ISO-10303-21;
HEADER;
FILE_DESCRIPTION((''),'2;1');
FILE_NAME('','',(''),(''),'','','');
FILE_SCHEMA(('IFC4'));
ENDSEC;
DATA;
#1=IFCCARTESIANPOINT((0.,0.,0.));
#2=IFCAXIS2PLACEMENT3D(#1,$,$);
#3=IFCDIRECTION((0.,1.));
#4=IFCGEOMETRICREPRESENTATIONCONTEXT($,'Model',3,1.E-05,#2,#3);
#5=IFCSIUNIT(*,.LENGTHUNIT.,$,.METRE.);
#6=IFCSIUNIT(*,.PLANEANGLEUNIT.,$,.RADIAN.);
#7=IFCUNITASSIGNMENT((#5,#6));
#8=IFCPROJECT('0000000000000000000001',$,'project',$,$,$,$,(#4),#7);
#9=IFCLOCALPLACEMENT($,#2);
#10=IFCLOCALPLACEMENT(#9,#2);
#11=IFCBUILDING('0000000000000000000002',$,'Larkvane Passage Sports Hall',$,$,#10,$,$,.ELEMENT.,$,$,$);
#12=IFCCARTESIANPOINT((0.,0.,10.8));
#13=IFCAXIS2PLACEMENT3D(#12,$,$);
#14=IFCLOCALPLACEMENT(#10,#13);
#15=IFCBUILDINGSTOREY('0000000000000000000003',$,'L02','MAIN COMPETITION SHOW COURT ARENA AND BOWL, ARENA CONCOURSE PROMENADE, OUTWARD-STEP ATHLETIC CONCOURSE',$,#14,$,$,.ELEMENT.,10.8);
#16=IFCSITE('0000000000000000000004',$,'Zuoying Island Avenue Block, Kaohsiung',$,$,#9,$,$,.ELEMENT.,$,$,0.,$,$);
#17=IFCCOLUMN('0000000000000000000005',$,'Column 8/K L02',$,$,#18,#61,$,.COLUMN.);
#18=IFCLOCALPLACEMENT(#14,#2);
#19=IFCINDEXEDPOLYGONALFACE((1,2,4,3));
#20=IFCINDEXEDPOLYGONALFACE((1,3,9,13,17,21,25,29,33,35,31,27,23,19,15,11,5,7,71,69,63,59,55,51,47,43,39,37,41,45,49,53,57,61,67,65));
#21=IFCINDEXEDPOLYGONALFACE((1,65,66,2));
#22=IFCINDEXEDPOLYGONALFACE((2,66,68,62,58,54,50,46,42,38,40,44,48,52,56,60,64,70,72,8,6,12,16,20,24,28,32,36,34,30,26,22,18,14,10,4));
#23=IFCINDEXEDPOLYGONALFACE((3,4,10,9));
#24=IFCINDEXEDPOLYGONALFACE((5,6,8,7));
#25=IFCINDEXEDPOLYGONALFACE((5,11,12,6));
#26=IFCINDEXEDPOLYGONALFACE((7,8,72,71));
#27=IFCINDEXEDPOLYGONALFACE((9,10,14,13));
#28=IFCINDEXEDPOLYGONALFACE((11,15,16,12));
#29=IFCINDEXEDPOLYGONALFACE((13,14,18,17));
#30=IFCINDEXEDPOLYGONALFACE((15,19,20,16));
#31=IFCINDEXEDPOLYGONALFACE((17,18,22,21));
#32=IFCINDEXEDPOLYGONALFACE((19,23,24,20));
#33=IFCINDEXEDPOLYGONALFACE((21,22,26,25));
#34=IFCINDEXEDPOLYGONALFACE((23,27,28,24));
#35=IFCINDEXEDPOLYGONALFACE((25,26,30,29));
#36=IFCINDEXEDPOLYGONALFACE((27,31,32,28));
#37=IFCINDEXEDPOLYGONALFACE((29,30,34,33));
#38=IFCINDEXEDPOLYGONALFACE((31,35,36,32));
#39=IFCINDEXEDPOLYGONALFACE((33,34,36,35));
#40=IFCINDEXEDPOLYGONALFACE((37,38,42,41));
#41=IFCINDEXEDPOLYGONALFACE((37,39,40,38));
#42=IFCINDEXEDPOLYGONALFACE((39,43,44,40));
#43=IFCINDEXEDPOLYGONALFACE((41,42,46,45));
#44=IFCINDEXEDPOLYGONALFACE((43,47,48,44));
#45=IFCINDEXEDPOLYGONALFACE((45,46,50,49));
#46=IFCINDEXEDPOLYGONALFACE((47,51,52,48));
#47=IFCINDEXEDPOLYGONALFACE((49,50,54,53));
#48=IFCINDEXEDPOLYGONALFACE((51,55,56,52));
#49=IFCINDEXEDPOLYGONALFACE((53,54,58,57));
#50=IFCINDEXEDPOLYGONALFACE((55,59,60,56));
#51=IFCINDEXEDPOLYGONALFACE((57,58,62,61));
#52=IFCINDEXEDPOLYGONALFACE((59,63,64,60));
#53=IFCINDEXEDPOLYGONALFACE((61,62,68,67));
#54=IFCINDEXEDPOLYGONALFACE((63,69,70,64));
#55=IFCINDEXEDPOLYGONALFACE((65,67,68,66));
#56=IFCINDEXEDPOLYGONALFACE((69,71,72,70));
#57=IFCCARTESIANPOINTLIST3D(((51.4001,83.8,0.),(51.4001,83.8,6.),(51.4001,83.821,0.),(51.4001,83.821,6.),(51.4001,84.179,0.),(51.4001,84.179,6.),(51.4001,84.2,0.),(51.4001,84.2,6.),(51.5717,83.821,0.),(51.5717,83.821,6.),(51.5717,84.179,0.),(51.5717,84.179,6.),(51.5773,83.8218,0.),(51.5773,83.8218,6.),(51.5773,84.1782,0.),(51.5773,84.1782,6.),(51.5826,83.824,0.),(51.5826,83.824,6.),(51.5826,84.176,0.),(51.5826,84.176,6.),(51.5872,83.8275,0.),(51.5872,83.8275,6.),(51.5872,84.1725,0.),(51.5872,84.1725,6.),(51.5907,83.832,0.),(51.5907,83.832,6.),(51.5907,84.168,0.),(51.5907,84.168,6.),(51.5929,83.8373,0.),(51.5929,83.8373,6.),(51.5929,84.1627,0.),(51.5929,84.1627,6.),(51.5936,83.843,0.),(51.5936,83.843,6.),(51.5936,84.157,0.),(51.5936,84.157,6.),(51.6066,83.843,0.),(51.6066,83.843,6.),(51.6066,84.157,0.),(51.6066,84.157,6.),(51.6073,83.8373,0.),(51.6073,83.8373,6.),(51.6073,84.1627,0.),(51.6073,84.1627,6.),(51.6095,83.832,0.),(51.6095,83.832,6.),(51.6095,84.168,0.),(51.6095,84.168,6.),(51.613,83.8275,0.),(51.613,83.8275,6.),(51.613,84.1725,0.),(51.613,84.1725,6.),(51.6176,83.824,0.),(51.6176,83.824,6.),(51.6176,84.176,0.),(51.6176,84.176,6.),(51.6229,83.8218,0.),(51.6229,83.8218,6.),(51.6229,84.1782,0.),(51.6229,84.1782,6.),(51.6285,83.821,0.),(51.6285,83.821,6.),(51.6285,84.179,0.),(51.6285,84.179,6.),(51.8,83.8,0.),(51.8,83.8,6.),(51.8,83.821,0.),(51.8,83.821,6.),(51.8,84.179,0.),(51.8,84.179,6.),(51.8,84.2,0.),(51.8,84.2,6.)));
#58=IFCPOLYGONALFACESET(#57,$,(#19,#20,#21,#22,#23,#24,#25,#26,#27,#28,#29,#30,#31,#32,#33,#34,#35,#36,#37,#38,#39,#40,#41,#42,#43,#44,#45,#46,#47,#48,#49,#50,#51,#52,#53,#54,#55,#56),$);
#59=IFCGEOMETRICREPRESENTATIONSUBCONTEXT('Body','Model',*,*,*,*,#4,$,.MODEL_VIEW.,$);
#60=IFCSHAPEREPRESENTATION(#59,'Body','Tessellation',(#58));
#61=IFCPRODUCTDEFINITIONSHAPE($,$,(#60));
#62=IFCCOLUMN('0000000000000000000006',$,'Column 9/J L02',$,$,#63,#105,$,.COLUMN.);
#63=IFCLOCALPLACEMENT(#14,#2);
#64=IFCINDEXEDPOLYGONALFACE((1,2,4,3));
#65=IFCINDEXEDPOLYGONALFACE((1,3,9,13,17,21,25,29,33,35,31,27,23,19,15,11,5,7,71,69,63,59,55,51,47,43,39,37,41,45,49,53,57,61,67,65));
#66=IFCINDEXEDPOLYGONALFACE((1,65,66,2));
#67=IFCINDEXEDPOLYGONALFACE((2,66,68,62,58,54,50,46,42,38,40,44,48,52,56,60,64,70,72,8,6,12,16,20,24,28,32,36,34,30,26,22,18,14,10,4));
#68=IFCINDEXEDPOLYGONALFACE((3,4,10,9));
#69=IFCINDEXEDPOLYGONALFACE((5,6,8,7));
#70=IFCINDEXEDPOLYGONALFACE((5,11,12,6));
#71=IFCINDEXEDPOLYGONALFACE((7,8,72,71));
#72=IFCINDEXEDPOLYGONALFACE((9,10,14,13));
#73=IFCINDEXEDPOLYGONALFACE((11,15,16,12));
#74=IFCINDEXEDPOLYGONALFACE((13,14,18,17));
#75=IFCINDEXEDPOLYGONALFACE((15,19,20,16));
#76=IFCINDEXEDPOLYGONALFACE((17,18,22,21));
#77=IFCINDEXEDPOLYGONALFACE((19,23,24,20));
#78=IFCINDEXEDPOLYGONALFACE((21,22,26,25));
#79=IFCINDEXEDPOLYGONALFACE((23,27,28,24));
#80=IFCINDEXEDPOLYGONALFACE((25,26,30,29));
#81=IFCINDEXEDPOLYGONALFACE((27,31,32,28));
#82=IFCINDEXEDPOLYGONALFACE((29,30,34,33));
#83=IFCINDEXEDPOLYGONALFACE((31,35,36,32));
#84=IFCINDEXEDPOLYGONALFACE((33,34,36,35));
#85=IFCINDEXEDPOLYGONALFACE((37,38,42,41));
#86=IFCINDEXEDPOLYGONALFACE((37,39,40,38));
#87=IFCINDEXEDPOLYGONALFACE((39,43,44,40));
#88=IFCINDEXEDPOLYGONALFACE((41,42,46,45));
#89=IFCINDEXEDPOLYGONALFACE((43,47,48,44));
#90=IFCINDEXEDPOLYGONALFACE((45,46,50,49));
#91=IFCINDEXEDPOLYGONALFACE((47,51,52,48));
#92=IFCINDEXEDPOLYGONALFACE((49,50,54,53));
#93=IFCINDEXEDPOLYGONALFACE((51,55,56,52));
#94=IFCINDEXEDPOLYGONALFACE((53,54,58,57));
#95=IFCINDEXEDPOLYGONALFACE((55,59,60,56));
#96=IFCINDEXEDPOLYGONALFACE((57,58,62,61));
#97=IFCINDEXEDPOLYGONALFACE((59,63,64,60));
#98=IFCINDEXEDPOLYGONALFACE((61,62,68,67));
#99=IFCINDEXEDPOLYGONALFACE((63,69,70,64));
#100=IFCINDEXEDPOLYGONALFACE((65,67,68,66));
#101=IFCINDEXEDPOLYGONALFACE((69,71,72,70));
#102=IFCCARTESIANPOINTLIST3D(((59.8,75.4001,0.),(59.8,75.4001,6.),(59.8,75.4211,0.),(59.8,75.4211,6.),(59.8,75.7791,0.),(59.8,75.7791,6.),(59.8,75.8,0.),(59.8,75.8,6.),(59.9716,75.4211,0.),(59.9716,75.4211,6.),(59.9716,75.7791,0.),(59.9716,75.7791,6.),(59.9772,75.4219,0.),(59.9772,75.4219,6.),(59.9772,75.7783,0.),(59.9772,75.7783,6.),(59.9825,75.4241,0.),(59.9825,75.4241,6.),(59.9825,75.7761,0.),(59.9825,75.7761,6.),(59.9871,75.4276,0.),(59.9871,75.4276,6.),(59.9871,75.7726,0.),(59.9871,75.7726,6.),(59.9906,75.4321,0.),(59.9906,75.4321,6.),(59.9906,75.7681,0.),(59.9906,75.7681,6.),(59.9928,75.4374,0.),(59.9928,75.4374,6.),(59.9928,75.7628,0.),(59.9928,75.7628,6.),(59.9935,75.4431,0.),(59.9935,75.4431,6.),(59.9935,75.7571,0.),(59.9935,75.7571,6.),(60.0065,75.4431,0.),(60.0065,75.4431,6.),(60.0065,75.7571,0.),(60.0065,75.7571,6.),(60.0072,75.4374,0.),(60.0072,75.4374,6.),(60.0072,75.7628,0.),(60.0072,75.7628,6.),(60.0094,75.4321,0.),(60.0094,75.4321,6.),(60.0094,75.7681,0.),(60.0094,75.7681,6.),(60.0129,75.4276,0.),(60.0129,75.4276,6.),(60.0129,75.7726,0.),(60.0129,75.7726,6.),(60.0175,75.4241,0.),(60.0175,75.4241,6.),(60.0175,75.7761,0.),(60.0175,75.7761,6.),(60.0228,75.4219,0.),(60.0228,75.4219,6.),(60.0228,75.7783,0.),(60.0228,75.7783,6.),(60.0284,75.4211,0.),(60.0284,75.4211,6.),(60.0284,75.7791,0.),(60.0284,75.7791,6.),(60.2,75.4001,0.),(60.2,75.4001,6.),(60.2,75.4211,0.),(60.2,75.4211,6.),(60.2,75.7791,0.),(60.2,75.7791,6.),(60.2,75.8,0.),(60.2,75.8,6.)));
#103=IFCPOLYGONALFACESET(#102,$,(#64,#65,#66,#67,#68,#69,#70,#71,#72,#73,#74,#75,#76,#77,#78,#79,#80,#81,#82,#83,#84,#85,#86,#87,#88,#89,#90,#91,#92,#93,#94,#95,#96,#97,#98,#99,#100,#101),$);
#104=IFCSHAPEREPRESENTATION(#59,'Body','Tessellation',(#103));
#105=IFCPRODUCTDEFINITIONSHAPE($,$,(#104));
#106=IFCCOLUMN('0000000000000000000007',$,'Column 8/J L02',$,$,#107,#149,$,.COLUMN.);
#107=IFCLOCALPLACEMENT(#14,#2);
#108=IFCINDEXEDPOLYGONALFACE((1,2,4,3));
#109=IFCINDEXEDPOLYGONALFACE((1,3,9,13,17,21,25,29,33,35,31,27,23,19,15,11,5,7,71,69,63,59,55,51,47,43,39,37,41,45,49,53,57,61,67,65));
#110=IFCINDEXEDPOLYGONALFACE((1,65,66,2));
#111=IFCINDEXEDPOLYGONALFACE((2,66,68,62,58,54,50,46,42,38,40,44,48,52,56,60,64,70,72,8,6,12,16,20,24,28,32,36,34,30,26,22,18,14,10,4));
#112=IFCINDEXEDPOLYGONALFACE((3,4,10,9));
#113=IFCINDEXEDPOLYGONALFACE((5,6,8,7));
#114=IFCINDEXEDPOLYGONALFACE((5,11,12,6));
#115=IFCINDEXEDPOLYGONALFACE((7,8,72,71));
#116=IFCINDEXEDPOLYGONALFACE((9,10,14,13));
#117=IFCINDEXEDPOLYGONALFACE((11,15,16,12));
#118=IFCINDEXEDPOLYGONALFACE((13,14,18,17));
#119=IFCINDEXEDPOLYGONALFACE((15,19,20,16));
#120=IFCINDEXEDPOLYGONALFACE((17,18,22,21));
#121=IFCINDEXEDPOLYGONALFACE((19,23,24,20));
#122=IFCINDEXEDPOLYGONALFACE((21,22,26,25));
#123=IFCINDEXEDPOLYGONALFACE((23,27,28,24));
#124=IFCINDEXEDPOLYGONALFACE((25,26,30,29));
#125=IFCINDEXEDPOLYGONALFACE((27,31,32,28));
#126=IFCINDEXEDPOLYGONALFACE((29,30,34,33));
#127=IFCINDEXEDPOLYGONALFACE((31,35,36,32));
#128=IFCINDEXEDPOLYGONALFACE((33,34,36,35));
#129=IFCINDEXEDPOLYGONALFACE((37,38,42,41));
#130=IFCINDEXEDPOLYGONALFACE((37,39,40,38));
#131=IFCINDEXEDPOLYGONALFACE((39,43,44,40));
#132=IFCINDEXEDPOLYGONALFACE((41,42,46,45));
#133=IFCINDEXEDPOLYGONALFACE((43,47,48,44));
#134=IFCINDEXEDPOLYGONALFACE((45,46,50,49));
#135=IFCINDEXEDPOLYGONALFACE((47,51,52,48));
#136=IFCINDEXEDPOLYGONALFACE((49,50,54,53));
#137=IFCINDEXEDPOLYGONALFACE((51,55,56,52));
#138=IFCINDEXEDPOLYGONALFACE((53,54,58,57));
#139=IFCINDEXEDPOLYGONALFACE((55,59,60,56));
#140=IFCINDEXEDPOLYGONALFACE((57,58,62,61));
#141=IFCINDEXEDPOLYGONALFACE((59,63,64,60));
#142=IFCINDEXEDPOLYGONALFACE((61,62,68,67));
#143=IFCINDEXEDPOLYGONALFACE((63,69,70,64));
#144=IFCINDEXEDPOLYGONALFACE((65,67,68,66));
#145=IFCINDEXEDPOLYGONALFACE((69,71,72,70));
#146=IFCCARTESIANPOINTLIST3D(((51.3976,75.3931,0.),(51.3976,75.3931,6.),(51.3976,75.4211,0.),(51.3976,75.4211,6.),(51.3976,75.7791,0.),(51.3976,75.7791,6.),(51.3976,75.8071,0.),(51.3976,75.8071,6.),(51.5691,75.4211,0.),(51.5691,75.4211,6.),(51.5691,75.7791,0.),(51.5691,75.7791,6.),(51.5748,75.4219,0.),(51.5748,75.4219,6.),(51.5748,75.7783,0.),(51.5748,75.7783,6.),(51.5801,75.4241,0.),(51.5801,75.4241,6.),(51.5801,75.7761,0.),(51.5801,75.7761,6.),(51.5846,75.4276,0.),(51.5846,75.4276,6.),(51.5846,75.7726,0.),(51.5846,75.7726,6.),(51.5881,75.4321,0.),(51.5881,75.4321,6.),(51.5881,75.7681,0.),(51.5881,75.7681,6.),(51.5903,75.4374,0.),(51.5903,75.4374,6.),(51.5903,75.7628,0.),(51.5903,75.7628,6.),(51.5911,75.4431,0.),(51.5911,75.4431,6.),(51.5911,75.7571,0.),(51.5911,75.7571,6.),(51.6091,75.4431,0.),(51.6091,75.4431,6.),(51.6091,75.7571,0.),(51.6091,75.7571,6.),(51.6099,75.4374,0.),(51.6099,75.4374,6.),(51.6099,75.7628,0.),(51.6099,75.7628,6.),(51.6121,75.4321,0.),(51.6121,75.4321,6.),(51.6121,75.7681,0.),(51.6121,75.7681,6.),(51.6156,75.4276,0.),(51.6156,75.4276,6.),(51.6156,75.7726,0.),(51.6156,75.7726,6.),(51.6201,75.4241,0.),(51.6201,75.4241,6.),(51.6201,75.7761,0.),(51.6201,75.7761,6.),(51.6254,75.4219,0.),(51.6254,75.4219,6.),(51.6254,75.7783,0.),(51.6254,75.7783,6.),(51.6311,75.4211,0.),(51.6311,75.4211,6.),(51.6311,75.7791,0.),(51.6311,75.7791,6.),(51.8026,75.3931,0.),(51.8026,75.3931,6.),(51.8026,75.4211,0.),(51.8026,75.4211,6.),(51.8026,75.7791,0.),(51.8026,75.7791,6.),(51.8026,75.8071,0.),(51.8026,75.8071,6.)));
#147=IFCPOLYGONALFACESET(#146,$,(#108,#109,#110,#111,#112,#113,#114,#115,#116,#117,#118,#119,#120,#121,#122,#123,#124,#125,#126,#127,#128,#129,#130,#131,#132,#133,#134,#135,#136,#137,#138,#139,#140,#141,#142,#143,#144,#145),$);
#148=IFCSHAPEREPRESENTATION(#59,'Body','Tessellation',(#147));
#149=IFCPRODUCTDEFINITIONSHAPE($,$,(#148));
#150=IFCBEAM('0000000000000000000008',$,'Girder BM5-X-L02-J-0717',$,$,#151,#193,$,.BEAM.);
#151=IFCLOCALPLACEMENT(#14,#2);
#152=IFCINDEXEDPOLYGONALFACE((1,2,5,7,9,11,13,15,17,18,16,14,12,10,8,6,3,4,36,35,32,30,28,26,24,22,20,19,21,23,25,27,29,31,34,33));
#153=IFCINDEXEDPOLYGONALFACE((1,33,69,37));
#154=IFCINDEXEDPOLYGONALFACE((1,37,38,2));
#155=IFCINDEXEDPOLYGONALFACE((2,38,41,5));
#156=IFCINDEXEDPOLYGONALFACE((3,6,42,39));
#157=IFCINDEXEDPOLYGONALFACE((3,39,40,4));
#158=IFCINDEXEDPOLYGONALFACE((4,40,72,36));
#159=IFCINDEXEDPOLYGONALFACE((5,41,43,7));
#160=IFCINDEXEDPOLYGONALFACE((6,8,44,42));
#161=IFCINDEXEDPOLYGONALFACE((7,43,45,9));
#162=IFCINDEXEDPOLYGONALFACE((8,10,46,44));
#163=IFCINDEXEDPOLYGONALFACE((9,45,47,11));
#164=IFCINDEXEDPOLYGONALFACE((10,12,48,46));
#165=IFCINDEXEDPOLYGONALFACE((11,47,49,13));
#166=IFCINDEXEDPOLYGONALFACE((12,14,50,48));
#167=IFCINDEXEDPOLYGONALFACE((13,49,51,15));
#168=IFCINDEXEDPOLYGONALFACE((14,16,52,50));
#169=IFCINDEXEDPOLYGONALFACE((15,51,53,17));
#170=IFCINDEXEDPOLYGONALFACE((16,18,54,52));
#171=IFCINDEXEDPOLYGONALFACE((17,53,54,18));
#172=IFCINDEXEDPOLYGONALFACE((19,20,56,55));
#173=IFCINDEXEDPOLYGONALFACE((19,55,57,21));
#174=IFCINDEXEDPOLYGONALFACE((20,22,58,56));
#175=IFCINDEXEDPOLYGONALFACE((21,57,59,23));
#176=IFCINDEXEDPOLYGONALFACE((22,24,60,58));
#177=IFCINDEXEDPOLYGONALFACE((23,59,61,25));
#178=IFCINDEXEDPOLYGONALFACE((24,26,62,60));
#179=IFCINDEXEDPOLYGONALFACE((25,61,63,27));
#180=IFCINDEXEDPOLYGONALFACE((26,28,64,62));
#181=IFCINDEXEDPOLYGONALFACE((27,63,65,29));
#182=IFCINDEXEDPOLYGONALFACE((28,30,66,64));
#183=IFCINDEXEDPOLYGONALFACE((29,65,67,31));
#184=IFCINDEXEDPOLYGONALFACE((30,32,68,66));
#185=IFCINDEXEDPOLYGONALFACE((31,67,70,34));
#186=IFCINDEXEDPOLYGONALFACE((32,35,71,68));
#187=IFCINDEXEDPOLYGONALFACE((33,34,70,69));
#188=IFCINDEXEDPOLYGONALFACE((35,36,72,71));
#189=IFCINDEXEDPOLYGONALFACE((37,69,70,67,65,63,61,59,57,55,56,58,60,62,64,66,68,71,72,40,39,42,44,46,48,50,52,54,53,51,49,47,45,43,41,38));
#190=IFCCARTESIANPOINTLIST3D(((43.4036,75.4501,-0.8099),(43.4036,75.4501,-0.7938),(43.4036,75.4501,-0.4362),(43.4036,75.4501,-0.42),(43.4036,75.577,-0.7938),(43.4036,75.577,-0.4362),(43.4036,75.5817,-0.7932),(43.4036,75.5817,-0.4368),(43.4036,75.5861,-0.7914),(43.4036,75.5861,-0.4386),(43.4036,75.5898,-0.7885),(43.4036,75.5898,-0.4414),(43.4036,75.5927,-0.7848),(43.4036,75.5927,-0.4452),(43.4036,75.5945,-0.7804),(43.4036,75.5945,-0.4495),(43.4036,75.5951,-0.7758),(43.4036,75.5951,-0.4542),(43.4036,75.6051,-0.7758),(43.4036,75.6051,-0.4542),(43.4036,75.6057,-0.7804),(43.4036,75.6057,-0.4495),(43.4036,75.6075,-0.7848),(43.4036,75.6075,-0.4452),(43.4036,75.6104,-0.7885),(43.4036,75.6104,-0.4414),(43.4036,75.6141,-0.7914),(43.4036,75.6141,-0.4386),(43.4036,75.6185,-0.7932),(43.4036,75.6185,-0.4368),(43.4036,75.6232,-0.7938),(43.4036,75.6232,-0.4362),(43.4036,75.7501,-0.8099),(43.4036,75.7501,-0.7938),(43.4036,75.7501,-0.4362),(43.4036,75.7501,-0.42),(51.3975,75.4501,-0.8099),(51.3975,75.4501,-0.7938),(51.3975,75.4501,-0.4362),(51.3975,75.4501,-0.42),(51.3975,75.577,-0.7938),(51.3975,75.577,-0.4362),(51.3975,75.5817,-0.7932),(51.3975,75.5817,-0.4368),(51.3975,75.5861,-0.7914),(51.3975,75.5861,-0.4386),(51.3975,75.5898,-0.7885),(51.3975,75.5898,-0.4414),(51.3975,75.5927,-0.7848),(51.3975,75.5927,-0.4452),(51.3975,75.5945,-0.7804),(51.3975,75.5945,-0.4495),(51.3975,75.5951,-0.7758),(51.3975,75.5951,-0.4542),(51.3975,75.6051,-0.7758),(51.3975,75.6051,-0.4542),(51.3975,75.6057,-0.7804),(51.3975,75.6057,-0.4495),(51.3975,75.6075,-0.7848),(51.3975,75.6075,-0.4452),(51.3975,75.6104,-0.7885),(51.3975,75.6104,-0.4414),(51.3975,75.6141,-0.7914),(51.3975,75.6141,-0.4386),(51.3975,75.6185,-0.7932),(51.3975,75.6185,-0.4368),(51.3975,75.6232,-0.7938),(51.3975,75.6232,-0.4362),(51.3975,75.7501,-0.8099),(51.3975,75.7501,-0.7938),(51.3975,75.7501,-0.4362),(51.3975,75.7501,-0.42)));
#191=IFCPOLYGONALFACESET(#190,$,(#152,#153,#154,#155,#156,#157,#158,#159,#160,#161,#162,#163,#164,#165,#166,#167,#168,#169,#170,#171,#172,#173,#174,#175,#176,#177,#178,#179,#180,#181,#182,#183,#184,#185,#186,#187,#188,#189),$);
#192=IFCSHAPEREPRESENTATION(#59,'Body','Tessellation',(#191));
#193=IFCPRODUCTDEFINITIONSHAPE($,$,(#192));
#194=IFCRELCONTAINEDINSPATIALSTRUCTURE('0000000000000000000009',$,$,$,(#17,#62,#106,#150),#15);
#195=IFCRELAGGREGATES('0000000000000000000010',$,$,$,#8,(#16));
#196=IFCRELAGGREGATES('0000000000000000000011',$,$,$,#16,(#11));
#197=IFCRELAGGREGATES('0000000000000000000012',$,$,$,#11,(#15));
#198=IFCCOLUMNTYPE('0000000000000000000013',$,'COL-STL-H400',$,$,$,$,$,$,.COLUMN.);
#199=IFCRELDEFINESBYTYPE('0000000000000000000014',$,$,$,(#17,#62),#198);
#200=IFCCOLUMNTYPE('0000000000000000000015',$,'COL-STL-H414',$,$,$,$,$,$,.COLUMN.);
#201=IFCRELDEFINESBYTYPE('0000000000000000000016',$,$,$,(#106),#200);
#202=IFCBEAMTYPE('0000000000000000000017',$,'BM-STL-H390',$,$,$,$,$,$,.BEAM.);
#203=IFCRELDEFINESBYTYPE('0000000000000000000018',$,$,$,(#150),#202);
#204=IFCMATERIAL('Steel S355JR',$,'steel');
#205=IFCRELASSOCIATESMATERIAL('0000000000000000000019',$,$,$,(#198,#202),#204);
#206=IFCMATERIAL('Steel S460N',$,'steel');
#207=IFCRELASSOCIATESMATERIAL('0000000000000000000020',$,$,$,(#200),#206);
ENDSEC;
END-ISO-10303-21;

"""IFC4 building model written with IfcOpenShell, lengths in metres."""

from ifc_helpers import new_model, si_unit, direction, frame, origin, origin_2d, place, context, subcontext, project, spatial, i_section, extrude, material, material_profile, profile_set, type_object, element, save


model = new_model("IFC4")

# Units and contexts
model_context = context("Model", 3, precision=1e-05, world=origin(), true_north=direction((0.0, 1.0)))
body_context = subcontext(model_context, "Body", "Model", "MODEL_VIEW")
ifc_project = project(units=[si_unit("LENGTHUNIT", "METRE"), si_unit("PLANEANGLEUNIT", "RADIAN")], contexts=[model_context])

# Site, building, storey
site_placement = place(None, origin())
site = spatial("IfcSite", under=ifc_project, at=site_placement, Name="Zuoying Island Avenue Block, Kaohsiung", CompositionType="ELEMENT", RefElevation=0.0)
building_placement = place(site_placement, origin())
building = spatial("IfcBuilding", under=site, at=building_placement, Name="Larkvane Passage Sports Hall", CompositionType="ELEMENT")
storey_placement = place(building_placement, frame((0.0, 0.0, 10.8)))
storey = spatial("IfcBuildingStorey", under=building, at=storey_placement, Name="L02", Description="MAIN COMPETITION SHOW COURT ARENA AND BOWL, ARENA CONCOURSE PROMENADE, OUTWARD-STEP ATHLETIC CONCOURSE", CompositionType="ELEMENT", Elevation=10.8)

# Columns
ifc_material_1 = material(Name="Steel S355JR", Category="steel")
ifc_material_profile_1 = material_profile(ifc_material_1, i_section(OverallWidth=0.3999, OverallDepth=0.3999, WebThickness=0.0129, FlangeThickness=0.021, FilletRadius=0.022, at=origin_2d()), Name="H-400x400x13x21")
ifc_profile_set_1 = profile_set([ifc_material_profile_1], Name="Steel S355JR")
column_type_1 = type_object("IfcColumnType", Name="COL-STL-H400", PredefinedType="COLUMN", material=ifc_profile_set_1)
for number, where, z_axis, x_axis, name in (
    (1, (51.6001, 84.0, 0.0), (0.0, 0.0, 1.0), (1.0, 0.0, 0.0), "Column 8/K L02"),
    (2, (60.0, 75.6001, 0.0), (0.0, 0.0, 1.0), (1.0, 0.0, 0.0), "Column 9/J L02"),
):
    element("IfcColumn", number, at=place(storey_placement, frame(where, z_axis=z_axis, x_axis=x_axis)), inside=storey, type_object=column_type_1, Name=name, PredefinedType="COLUMN", context=body_context, shape_type="SweptSolid", body=[
        extrude(i_section(OverallWidth=0.3999, OverallDepth=0.3999, WebThickness=0.0129, FlangeThickness=0.021, FilletRadius=0.022, at=origin_2d()), origin(), (0.0, 0.0, 1.0), 6.0),
    ])
ifc_material_2 = material(Name="Steel S460N", Category="steel")
ifc_material_profile_2 = material_profile(ifc_material_2, i_section(OverallWidth=0.405, OverallDepth=0.4141, WebThickness=0.0181, FlangeThickness=0.0281, FilletRadius=0.022, at=origin_2d()), Name="H-414x405x18x28")
ifc_profile_set_2 = profile_set([ifc_material_profile_2], Name="Steel S460N")
column_type_2 = type_object("IfcColumnType", Name="COL-STL-H414", PredefinedType="COLUMN", material=ifc_profile_set_2)
column_placement = place(storey_placement, frame((51.6001, 75.6001, 0.0), z_axis=(0.0, 0.0, 1.0), x_axis=(1.0, 0.0, 0.0)))
element("IfcColumn", 3, at=column_placement, inside=storey, type_object=column_type_2, Name="Column 8/J L02", PredefinedType="COLUMN", context=body_context, shape_type="SweptSolid", body=[
    extrude(i_section(OverallWidth=0.405, OverallDepth=0.4141, WebThickness=0.0181, FlangeThickness=0.0281, FilletRadius=0.022, at=origin_2d()), origin(), (0.0, 0.0, 1.0), 6.0),
])

# Beam
ifc_material_profile_3 = material_profile(ifc_material_1, i_section(OverallWidth=0.3, OverallDepth=0.3899, WebThickness=0.01, FlangeThickness=0.0161, FilletRadius=0.0181, at=origin_2d()), Name="H-390x300x10x16")
ifc_profile_set_3 = profile_set([ifc_material_profile_3], Name="Steel S355JR")
beam_type_1 = type_object("IfcBeamType", Name="BM-STL-H390", PredefinedType="BEAM", material=ifc_profile_set_3)
beam_1_placement = place(storey_placement, frame((43.4036, 75.6001, -0.615), z_axis=(1.0, 0.0, 0.0), x_axis=(0.0, 1.0, 0.0)))
element("IfcBeam", 4, at=beam_1_placement, inside=storey, type_object=beam_type_1, Name="Girder BM5-X-L02-J-0717", PredefinedType="BEAM", context=body_context, shape_type="SweptSolid", body=[
    extrude(i_section(OverallWidth=0.3, OverallDepth=0.3899, WebThickness=0.01, FlangeThickness=0.0161, FilletRadius=0.0181, at=origin_2d()), origin(), (0.0, 0.0, 1.0), 7.9939),
])

save(model, "model.ifc")
